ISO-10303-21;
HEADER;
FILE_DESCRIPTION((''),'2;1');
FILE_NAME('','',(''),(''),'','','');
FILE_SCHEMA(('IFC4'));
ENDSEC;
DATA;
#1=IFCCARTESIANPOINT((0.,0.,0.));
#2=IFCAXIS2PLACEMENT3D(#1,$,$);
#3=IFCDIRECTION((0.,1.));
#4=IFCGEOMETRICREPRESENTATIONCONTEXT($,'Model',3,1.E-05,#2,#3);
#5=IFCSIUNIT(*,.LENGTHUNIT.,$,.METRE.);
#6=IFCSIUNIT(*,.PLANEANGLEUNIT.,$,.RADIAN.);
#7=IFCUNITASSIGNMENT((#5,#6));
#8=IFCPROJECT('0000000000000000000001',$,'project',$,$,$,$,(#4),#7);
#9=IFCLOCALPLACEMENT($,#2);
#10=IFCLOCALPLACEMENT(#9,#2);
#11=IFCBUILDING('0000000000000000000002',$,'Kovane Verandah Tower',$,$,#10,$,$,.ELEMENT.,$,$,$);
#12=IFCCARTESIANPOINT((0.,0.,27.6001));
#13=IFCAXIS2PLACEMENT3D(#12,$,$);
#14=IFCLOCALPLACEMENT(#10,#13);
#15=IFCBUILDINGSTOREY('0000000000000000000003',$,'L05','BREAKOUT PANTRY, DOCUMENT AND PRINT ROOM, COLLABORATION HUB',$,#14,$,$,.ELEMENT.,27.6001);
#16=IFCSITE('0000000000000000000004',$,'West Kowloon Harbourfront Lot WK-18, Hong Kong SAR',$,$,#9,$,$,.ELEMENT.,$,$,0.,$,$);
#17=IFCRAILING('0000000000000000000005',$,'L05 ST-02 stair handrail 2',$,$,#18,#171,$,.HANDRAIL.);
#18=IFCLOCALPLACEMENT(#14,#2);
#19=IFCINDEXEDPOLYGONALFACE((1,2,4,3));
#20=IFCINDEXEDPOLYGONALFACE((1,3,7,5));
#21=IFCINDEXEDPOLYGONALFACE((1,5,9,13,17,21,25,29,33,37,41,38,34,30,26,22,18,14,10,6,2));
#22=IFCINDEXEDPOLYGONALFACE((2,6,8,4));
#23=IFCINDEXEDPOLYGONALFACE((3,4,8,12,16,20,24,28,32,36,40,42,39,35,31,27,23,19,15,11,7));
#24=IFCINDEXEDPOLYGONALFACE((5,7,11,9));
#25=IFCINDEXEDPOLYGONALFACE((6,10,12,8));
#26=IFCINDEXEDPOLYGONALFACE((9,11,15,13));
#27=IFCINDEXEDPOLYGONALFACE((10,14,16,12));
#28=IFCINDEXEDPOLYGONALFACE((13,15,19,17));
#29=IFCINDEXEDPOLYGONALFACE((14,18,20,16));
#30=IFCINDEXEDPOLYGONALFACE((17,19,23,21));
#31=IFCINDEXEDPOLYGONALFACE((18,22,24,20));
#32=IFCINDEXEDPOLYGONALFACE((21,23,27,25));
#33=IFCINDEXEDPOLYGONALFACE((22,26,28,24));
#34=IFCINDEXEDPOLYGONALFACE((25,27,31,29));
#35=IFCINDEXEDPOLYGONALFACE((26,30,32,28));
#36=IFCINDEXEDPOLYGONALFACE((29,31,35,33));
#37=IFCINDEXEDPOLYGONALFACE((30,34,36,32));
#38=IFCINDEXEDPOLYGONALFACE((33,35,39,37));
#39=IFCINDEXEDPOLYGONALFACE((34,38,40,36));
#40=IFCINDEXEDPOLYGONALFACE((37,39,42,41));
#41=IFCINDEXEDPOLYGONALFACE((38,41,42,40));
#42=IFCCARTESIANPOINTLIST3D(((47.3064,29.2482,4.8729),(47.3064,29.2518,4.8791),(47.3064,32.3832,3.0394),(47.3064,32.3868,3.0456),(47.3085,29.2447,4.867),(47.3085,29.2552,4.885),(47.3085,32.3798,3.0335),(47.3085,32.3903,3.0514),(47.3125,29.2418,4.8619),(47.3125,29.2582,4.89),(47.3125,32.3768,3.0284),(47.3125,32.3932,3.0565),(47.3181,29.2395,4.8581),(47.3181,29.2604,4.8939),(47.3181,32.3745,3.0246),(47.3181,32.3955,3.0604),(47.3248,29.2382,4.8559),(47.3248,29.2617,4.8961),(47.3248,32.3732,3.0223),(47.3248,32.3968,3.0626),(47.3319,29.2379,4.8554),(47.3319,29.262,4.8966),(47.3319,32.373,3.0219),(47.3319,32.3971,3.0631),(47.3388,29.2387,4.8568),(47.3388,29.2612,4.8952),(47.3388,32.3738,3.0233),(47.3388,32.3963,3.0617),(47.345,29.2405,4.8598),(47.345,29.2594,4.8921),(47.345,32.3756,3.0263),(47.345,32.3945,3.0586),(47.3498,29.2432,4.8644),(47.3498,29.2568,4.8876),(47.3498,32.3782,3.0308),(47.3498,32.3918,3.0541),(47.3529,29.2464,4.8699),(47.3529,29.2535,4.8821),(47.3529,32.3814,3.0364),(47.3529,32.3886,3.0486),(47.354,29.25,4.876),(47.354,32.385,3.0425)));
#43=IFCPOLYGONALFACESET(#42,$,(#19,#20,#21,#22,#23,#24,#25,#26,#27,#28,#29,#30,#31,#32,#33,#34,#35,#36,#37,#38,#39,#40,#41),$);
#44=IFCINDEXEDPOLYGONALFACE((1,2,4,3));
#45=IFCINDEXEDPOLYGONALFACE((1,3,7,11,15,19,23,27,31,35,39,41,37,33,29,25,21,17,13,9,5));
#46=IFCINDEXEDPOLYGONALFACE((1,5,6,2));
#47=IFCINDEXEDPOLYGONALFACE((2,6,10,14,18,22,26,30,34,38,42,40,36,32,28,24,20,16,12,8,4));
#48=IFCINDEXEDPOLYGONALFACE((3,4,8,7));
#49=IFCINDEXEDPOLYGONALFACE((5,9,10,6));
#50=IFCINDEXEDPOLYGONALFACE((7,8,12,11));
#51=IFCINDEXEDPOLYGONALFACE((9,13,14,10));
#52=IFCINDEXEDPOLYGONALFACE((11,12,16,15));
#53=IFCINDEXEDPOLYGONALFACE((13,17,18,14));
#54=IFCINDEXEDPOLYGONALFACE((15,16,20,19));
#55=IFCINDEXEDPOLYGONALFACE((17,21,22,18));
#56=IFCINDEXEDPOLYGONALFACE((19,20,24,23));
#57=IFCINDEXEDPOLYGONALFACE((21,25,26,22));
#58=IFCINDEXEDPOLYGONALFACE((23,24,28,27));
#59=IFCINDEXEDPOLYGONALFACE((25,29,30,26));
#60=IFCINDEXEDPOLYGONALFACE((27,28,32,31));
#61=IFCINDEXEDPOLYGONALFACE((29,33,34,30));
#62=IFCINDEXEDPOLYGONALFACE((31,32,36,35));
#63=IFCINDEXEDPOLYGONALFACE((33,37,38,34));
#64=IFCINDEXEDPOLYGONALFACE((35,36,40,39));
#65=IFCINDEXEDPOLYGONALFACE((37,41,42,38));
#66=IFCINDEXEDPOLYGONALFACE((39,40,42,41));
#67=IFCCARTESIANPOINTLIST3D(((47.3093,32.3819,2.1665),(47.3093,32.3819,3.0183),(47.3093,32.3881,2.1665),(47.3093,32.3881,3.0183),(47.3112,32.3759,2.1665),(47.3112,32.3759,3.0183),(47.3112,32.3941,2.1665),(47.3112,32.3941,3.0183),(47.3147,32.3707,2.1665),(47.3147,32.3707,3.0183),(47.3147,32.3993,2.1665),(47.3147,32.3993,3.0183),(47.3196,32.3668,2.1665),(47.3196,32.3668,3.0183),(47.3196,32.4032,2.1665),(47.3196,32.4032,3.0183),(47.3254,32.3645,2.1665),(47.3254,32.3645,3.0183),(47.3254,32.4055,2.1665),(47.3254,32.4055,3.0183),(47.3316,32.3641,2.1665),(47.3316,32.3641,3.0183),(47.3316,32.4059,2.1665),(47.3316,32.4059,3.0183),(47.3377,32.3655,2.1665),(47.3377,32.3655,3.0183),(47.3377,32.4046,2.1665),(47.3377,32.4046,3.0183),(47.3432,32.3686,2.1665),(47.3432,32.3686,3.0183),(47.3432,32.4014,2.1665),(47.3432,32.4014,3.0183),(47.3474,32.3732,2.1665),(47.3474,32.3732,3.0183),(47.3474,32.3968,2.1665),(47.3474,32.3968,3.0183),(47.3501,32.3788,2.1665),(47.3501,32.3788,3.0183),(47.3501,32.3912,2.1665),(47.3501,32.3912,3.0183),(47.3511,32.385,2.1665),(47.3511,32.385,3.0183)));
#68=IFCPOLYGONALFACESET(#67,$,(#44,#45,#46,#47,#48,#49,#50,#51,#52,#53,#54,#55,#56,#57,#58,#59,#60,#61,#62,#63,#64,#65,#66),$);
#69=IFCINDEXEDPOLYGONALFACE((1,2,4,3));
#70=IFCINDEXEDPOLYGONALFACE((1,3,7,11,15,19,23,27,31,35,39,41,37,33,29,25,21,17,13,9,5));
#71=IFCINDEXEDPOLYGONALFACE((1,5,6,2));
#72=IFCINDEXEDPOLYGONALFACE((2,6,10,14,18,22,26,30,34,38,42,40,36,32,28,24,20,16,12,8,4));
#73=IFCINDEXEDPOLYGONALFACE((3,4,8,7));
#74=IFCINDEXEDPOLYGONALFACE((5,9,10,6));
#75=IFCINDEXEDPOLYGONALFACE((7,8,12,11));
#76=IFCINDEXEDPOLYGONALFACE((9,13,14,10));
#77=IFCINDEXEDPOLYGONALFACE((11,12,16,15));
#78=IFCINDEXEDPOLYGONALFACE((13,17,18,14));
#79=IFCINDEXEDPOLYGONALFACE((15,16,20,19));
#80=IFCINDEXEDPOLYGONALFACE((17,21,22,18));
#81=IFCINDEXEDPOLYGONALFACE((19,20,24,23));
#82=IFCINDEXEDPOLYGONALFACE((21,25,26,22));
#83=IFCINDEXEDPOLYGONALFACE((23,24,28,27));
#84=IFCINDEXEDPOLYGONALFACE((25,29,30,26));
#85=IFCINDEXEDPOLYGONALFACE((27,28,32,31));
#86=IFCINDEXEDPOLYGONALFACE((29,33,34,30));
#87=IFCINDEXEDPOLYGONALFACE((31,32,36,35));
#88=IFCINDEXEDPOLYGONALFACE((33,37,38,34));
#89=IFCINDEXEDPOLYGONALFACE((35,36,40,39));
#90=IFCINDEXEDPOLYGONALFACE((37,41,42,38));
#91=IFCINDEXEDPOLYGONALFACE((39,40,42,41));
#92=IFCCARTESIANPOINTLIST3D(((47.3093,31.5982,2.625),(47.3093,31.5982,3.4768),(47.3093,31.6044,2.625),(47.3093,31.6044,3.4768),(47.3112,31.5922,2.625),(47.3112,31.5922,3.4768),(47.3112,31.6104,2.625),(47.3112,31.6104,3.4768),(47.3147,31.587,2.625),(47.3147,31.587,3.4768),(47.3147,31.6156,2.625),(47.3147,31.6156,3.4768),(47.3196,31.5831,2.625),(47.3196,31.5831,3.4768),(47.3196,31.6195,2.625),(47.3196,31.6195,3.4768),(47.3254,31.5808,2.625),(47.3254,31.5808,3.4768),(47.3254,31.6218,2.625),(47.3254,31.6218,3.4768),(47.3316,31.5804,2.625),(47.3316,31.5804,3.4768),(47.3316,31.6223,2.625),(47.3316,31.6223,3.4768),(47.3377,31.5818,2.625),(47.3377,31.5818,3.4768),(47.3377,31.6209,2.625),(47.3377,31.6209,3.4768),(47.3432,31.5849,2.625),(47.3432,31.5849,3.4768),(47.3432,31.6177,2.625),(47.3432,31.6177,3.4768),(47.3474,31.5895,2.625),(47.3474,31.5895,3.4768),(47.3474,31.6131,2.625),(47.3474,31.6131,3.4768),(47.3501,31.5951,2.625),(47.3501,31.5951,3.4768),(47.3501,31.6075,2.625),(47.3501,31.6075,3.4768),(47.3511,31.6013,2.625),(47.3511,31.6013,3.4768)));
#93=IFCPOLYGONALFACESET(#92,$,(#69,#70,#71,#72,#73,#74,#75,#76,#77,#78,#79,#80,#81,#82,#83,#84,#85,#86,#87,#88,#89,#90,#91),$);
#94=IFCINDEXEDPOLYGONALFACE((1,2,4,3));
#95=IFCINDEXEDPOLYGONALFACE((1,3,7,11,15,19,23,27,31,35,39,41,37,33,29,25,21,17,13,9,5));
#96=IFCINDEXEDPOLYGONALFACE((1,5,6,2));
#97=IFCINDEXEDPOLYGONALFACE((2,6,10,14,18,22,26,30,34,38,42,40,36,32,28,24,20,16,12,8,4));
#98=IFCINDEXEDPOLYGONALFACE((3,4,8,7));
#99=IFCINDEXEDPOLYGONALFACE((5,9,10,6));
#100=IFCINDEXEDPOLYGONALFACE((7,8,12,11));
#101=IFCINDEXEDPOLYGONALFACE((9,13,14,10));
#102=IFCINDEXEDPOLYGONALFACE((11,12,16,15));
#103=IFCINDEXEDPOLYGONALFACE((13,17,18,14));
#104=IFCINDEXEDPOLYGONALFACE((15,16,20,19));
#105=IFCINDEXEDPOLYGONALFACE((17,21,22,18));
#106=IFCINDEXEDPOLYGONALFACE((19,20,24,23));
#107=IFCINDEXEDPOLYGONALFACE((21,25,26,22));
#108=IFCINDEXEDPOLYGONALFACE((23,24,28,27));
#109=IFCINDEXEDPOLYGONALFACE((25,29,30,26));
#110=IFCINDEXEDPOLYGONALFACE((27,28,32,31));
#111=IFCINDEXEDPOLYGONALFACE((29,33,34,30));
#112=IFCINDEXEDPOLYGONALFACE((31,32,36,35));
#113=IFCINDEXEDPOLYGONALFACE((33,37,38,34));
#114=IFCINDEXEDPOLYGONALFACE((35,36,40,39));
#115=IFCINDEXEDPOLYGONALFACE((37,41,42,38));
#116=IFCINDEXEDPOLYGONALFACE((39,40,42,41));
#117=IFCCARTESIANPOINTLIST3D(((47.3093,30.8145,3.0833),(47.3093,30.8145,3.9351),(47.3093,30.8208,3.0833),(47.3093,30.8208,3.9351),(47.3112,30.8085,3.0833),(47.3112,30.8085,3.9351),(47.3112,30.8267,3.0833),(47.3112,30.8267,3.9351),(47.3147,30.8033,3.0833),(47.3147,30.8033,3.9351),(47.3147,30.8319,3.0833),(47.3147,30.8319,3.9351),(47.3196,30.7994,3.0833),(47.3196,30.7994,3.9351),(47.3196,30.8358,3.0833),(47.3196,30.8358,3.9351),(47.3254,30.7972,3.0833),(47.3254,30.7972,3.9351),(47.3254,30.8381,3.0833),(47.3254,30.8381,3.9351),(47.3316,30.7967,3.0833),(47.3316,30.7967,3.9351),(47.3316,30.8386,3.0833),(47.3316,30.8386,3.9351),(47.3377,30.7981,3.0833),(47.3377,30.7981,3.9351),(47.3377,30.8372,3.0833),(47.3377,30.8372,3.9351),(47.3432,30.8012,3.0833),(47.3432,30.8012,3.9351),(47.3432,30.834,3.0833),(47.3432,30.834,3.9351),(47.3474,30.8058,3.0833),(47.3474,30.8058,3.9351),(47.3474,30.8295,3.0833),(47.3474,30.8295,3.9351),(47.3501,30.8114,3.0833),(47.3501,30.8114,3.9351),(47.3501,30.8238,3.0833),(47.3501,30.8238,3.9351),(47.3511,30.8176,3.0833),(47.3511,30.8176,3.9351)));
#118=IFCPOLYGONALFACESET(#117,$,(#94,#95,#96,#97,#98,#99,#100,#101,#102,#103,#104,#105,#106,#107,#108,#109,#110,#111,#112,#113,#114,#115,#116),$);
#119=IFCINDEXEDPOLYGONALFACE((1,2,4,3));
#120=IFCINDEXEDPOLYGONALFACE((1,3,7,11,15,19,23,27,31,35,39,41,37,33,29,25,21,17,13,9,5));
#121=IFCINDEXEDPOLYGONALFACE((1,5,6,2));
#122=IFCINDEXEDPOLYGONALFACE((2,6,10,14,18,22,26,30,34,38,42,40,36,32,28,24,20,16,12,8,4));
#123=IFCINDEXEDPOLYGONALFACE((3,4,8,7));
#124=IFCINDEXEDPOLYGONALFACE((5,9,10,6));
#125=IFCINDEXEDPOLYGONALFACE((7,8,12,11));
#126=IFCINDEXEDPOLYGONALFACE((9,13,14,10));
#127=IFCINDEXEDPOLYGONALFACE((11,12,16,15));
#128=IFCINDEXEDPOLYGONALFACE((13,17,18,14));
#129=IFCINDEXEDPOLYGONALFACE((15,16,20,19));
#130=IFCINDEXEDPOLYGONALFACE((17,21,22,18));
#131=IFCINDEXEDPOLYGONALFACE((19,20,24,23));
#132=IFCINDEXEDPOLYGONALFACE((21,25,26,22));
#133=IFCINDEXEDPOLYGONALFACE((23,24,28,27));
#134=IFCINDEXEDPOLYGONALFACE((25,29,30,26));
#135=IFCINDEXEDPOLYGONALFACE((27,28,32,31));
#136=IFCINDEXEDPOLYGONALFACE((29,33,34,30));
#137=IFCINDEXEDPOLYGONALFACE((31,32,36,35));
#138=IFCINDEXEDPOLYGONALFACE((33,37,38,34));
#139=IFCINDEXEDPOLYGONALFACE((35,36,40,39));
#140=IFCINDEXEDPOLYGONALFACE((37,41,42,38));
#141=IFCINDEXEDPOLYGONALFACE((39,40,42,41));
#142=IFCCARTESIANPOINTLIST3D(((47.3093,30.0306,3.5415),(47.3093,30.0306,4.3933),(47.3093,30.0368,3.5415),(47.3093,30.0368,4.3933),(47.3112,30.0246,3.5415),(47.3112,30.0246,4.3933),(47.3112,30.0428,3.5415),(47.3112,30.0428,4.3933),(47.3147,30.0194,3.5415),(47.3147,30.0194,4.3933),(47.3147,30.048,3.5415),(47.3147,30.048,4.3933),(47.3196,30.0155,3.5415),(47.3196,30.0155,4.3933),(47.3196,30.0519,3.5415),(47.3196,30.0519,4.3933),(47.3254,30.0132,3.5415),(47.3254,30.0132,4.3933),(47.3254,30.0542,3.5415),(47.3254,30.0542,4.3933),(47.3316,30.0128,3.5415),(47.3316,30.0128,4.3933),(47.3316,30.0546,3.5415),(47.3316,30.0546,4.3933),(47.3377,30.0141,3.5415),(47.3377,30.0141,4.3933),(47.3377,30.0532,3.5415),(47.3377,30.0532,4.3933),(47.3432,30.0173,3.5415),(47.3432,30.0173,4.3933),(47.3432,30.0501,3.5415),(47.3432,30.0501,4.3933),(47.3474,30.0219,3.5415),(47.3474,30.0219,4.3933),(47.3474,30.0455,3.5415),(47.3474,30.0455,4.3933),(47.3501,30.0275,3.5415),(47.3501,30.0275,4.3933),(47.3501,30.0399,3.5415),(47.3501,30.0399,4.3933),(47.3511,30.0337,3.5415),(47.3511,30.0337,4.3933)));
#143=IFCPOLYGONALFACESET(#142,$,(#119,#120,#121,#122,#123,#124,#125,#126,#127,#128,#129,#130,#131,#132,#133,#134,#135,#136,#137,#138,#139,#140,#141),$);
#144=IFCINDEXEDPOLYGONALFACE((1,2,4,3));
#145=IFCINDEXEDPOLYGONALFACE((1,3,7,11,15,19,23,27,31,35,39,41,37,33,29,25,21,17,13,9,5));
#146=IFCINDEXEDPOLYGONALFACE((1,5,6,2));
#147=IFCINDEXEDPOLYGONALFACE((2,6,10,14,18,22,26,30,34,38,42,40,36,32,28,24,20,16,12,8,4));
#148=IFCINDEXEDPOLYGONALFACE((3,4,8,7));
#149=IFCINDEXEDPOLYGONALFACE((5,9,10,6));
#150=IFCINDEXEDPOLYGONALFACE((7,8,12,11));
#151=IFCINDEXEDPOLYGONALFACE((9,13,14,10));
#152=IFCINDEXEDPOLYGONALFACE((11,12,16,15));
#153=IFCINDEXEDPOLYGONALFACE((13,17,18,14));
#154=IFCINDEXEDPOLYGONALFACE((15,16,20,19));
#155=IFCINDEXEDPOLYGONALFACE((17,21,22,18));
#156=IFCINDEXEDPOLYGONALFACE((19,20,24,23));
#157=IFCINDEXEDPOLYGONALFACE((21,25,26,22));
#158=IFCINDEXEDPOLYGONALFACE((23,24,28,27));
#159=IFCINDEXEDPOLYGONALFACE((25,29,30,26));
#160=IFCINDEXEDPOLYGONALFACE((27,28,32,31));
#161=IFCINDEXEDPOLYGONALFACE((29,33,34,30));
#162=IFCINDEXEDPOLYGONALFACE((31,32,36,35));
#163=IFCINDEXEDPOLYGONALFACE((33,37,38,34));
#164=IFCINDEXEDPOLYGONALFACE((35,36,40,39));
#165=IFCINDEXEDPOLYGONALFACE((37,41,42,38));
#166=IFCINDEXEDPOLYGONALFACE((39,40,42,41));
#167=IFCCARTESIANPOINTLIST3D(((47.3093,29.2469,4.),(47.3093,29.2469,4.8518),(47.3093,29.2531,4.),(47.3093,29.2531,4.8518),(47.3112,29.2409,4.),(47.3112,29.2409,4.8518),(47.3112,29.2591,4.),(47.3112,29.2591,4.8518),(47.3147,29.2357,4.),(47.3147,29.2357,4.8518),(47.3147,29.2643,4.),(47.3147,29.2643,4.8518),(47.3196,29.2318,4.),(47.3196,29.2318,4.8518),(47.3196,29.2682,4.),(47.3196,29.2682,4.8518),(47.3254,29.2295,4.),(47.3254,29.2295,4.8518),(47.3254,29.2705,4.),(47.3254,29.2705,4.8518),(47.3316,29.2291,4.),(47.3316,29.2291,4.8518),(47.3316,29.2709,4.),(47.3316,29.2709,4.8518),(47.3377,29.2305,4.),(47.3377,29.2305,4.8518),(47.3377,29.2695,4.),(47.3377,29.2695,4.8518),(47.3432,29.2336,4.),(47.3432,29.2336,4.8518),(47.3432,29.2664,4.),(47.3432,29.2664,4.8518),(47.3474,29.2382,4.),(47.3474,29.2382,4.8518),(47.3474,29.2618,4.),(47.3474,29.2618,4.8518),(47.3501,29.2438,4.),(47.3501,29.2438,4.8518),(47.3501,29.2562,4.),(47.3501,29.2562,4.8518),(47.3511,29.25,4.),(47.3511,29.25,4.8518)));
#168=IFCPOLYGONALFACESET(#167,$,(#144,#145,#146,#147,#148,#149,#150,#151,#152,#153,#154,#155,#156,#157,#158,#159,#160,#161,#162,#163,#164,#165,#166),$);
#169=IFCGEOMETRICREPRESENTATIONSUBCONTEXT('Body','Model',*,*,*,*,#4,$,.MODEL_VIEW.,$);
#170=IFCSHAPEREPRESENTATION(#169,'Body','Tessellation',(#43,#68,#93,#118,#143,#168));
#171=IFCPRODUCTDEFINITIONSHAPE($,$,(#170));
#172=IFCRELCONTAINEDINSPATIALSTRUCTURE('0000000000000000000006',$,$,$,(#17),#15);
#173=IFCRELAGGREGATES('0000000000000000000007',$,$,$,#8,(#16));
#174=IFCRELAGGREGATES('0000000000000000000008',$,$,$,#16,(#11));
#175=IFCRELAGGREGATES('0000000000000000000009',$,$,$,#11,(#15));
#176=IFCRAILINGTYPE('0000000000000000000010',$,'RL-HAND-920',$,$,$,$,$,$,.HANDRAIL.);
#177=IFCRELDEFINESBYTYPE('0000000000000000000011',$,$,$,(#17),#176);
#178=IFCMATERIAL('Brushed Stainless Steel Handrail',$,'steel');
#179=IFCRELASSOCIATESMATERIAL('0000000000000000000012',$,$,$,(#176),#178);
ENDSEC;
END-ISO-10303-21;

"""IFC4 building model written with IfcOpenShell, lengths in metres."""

from ifc_helpers import new_model, si_unit, direction, frame, origin, origin_2d, place, context, subcontext, project, spatial, circle, extrude, material, type_object, element, save


model = new_model("IFC4")

# Units and contexts
model_context = context("Model", 3, precision=1e-05, world=origin(), true_north=direction((0.0, 1.0)))
body_context = subcontext(model_context, "Body", "Model", "MODEL_VIEW")
ifc_project = project(units=[si_unit("LENGTHUNIT", "METRE"), si_unit("PLANEANGLEUNIT", "RADIAN")], contexts=[model_context])

# Site, building, storey
site_placement = place(None, origin())
site = spatial("IfcSite", under=ifc_project, at=site_placement, Name="West Kowloon Harbourfront Lot WK-18, Hong Kong SAR", CompositionType="ELEMENT", RefElevation=0.0)
building_placement = place(site_placement, origin())
building = spatial("IfcBuilding", under=site, at=building_placement, Name="Kovane Verandah Tower", CompositionType="ELEMENT")
storey_placement = place(building_placement, frame((0.0, 0.0, 27.6001)))
storey = spatial("IfcBuildingStorey", under=building, at=storey_placement, Name="L05", Description="BREAKOUT PANTRY, DOCUMENT AND PRINT ROOM, COLLABORATION HUB", CompositionType="ELEMENT", Elevation=27.6001)

# Railing
ifc_material_1 = material(Name="Brushed Stainless Steel Handrail", Category="steel")
railing_type_1 = type_object("IfcRailingType", Name="RL-HAND-920", PredefinedType="HANDRAIL", material=ifc_material_1)
for number, where, name in (
    (1, (47.3301, 32.385, 2.1665), "L05 ST-02 stair handrail 2"),
):
    element("IfcRailing", number, at=place(storey_placement, frame(where)), inside=storey, type_object=railing_type_1, Name=name, PredefinedType="HANDRAIL", context=body_context, shape_type="SweptSolid", body=[
        extrude(circle(Radius=0.0239, at=origin_2d()), frame((0.0, 0.0, 0.876), z_axis=(0.0, -0.86321, 0.504845), x_axis=(1.0, 0.0, 0.0)), (0.0, 0.0, 1.0), 3.6318),
        extrude(circle(Radius=0.021, at=origin_2d()), origin(), (0.0, 0.0, 1.0), 0.8518),
        extrude(circle(Radius=0.021, at=origin_2d()), frame((0.0, -0.7837, 0.4585)), (0.0, 0.0, 1.0), 0.8518),
        extrude(circle(Radius=0.021, at=origin_2d()), frame((0.0, -1.5674, 0.9167)), (0.0, 0.0, 1.0), 0.8518),
        extrude(circle(Radius=0.021, at=origin_2d()), frame((0.0, -2.3513, 1.375)), (0.0, 0.0, 1.0), 0.8518),
        extrude(circle(Radius=0.021, at=origin_2d()), frame((0.0, -3.135, 1.8335)), (0.0, 0.0, 1.0), 0.8518),
    ])

save(model, "model.ifc")
